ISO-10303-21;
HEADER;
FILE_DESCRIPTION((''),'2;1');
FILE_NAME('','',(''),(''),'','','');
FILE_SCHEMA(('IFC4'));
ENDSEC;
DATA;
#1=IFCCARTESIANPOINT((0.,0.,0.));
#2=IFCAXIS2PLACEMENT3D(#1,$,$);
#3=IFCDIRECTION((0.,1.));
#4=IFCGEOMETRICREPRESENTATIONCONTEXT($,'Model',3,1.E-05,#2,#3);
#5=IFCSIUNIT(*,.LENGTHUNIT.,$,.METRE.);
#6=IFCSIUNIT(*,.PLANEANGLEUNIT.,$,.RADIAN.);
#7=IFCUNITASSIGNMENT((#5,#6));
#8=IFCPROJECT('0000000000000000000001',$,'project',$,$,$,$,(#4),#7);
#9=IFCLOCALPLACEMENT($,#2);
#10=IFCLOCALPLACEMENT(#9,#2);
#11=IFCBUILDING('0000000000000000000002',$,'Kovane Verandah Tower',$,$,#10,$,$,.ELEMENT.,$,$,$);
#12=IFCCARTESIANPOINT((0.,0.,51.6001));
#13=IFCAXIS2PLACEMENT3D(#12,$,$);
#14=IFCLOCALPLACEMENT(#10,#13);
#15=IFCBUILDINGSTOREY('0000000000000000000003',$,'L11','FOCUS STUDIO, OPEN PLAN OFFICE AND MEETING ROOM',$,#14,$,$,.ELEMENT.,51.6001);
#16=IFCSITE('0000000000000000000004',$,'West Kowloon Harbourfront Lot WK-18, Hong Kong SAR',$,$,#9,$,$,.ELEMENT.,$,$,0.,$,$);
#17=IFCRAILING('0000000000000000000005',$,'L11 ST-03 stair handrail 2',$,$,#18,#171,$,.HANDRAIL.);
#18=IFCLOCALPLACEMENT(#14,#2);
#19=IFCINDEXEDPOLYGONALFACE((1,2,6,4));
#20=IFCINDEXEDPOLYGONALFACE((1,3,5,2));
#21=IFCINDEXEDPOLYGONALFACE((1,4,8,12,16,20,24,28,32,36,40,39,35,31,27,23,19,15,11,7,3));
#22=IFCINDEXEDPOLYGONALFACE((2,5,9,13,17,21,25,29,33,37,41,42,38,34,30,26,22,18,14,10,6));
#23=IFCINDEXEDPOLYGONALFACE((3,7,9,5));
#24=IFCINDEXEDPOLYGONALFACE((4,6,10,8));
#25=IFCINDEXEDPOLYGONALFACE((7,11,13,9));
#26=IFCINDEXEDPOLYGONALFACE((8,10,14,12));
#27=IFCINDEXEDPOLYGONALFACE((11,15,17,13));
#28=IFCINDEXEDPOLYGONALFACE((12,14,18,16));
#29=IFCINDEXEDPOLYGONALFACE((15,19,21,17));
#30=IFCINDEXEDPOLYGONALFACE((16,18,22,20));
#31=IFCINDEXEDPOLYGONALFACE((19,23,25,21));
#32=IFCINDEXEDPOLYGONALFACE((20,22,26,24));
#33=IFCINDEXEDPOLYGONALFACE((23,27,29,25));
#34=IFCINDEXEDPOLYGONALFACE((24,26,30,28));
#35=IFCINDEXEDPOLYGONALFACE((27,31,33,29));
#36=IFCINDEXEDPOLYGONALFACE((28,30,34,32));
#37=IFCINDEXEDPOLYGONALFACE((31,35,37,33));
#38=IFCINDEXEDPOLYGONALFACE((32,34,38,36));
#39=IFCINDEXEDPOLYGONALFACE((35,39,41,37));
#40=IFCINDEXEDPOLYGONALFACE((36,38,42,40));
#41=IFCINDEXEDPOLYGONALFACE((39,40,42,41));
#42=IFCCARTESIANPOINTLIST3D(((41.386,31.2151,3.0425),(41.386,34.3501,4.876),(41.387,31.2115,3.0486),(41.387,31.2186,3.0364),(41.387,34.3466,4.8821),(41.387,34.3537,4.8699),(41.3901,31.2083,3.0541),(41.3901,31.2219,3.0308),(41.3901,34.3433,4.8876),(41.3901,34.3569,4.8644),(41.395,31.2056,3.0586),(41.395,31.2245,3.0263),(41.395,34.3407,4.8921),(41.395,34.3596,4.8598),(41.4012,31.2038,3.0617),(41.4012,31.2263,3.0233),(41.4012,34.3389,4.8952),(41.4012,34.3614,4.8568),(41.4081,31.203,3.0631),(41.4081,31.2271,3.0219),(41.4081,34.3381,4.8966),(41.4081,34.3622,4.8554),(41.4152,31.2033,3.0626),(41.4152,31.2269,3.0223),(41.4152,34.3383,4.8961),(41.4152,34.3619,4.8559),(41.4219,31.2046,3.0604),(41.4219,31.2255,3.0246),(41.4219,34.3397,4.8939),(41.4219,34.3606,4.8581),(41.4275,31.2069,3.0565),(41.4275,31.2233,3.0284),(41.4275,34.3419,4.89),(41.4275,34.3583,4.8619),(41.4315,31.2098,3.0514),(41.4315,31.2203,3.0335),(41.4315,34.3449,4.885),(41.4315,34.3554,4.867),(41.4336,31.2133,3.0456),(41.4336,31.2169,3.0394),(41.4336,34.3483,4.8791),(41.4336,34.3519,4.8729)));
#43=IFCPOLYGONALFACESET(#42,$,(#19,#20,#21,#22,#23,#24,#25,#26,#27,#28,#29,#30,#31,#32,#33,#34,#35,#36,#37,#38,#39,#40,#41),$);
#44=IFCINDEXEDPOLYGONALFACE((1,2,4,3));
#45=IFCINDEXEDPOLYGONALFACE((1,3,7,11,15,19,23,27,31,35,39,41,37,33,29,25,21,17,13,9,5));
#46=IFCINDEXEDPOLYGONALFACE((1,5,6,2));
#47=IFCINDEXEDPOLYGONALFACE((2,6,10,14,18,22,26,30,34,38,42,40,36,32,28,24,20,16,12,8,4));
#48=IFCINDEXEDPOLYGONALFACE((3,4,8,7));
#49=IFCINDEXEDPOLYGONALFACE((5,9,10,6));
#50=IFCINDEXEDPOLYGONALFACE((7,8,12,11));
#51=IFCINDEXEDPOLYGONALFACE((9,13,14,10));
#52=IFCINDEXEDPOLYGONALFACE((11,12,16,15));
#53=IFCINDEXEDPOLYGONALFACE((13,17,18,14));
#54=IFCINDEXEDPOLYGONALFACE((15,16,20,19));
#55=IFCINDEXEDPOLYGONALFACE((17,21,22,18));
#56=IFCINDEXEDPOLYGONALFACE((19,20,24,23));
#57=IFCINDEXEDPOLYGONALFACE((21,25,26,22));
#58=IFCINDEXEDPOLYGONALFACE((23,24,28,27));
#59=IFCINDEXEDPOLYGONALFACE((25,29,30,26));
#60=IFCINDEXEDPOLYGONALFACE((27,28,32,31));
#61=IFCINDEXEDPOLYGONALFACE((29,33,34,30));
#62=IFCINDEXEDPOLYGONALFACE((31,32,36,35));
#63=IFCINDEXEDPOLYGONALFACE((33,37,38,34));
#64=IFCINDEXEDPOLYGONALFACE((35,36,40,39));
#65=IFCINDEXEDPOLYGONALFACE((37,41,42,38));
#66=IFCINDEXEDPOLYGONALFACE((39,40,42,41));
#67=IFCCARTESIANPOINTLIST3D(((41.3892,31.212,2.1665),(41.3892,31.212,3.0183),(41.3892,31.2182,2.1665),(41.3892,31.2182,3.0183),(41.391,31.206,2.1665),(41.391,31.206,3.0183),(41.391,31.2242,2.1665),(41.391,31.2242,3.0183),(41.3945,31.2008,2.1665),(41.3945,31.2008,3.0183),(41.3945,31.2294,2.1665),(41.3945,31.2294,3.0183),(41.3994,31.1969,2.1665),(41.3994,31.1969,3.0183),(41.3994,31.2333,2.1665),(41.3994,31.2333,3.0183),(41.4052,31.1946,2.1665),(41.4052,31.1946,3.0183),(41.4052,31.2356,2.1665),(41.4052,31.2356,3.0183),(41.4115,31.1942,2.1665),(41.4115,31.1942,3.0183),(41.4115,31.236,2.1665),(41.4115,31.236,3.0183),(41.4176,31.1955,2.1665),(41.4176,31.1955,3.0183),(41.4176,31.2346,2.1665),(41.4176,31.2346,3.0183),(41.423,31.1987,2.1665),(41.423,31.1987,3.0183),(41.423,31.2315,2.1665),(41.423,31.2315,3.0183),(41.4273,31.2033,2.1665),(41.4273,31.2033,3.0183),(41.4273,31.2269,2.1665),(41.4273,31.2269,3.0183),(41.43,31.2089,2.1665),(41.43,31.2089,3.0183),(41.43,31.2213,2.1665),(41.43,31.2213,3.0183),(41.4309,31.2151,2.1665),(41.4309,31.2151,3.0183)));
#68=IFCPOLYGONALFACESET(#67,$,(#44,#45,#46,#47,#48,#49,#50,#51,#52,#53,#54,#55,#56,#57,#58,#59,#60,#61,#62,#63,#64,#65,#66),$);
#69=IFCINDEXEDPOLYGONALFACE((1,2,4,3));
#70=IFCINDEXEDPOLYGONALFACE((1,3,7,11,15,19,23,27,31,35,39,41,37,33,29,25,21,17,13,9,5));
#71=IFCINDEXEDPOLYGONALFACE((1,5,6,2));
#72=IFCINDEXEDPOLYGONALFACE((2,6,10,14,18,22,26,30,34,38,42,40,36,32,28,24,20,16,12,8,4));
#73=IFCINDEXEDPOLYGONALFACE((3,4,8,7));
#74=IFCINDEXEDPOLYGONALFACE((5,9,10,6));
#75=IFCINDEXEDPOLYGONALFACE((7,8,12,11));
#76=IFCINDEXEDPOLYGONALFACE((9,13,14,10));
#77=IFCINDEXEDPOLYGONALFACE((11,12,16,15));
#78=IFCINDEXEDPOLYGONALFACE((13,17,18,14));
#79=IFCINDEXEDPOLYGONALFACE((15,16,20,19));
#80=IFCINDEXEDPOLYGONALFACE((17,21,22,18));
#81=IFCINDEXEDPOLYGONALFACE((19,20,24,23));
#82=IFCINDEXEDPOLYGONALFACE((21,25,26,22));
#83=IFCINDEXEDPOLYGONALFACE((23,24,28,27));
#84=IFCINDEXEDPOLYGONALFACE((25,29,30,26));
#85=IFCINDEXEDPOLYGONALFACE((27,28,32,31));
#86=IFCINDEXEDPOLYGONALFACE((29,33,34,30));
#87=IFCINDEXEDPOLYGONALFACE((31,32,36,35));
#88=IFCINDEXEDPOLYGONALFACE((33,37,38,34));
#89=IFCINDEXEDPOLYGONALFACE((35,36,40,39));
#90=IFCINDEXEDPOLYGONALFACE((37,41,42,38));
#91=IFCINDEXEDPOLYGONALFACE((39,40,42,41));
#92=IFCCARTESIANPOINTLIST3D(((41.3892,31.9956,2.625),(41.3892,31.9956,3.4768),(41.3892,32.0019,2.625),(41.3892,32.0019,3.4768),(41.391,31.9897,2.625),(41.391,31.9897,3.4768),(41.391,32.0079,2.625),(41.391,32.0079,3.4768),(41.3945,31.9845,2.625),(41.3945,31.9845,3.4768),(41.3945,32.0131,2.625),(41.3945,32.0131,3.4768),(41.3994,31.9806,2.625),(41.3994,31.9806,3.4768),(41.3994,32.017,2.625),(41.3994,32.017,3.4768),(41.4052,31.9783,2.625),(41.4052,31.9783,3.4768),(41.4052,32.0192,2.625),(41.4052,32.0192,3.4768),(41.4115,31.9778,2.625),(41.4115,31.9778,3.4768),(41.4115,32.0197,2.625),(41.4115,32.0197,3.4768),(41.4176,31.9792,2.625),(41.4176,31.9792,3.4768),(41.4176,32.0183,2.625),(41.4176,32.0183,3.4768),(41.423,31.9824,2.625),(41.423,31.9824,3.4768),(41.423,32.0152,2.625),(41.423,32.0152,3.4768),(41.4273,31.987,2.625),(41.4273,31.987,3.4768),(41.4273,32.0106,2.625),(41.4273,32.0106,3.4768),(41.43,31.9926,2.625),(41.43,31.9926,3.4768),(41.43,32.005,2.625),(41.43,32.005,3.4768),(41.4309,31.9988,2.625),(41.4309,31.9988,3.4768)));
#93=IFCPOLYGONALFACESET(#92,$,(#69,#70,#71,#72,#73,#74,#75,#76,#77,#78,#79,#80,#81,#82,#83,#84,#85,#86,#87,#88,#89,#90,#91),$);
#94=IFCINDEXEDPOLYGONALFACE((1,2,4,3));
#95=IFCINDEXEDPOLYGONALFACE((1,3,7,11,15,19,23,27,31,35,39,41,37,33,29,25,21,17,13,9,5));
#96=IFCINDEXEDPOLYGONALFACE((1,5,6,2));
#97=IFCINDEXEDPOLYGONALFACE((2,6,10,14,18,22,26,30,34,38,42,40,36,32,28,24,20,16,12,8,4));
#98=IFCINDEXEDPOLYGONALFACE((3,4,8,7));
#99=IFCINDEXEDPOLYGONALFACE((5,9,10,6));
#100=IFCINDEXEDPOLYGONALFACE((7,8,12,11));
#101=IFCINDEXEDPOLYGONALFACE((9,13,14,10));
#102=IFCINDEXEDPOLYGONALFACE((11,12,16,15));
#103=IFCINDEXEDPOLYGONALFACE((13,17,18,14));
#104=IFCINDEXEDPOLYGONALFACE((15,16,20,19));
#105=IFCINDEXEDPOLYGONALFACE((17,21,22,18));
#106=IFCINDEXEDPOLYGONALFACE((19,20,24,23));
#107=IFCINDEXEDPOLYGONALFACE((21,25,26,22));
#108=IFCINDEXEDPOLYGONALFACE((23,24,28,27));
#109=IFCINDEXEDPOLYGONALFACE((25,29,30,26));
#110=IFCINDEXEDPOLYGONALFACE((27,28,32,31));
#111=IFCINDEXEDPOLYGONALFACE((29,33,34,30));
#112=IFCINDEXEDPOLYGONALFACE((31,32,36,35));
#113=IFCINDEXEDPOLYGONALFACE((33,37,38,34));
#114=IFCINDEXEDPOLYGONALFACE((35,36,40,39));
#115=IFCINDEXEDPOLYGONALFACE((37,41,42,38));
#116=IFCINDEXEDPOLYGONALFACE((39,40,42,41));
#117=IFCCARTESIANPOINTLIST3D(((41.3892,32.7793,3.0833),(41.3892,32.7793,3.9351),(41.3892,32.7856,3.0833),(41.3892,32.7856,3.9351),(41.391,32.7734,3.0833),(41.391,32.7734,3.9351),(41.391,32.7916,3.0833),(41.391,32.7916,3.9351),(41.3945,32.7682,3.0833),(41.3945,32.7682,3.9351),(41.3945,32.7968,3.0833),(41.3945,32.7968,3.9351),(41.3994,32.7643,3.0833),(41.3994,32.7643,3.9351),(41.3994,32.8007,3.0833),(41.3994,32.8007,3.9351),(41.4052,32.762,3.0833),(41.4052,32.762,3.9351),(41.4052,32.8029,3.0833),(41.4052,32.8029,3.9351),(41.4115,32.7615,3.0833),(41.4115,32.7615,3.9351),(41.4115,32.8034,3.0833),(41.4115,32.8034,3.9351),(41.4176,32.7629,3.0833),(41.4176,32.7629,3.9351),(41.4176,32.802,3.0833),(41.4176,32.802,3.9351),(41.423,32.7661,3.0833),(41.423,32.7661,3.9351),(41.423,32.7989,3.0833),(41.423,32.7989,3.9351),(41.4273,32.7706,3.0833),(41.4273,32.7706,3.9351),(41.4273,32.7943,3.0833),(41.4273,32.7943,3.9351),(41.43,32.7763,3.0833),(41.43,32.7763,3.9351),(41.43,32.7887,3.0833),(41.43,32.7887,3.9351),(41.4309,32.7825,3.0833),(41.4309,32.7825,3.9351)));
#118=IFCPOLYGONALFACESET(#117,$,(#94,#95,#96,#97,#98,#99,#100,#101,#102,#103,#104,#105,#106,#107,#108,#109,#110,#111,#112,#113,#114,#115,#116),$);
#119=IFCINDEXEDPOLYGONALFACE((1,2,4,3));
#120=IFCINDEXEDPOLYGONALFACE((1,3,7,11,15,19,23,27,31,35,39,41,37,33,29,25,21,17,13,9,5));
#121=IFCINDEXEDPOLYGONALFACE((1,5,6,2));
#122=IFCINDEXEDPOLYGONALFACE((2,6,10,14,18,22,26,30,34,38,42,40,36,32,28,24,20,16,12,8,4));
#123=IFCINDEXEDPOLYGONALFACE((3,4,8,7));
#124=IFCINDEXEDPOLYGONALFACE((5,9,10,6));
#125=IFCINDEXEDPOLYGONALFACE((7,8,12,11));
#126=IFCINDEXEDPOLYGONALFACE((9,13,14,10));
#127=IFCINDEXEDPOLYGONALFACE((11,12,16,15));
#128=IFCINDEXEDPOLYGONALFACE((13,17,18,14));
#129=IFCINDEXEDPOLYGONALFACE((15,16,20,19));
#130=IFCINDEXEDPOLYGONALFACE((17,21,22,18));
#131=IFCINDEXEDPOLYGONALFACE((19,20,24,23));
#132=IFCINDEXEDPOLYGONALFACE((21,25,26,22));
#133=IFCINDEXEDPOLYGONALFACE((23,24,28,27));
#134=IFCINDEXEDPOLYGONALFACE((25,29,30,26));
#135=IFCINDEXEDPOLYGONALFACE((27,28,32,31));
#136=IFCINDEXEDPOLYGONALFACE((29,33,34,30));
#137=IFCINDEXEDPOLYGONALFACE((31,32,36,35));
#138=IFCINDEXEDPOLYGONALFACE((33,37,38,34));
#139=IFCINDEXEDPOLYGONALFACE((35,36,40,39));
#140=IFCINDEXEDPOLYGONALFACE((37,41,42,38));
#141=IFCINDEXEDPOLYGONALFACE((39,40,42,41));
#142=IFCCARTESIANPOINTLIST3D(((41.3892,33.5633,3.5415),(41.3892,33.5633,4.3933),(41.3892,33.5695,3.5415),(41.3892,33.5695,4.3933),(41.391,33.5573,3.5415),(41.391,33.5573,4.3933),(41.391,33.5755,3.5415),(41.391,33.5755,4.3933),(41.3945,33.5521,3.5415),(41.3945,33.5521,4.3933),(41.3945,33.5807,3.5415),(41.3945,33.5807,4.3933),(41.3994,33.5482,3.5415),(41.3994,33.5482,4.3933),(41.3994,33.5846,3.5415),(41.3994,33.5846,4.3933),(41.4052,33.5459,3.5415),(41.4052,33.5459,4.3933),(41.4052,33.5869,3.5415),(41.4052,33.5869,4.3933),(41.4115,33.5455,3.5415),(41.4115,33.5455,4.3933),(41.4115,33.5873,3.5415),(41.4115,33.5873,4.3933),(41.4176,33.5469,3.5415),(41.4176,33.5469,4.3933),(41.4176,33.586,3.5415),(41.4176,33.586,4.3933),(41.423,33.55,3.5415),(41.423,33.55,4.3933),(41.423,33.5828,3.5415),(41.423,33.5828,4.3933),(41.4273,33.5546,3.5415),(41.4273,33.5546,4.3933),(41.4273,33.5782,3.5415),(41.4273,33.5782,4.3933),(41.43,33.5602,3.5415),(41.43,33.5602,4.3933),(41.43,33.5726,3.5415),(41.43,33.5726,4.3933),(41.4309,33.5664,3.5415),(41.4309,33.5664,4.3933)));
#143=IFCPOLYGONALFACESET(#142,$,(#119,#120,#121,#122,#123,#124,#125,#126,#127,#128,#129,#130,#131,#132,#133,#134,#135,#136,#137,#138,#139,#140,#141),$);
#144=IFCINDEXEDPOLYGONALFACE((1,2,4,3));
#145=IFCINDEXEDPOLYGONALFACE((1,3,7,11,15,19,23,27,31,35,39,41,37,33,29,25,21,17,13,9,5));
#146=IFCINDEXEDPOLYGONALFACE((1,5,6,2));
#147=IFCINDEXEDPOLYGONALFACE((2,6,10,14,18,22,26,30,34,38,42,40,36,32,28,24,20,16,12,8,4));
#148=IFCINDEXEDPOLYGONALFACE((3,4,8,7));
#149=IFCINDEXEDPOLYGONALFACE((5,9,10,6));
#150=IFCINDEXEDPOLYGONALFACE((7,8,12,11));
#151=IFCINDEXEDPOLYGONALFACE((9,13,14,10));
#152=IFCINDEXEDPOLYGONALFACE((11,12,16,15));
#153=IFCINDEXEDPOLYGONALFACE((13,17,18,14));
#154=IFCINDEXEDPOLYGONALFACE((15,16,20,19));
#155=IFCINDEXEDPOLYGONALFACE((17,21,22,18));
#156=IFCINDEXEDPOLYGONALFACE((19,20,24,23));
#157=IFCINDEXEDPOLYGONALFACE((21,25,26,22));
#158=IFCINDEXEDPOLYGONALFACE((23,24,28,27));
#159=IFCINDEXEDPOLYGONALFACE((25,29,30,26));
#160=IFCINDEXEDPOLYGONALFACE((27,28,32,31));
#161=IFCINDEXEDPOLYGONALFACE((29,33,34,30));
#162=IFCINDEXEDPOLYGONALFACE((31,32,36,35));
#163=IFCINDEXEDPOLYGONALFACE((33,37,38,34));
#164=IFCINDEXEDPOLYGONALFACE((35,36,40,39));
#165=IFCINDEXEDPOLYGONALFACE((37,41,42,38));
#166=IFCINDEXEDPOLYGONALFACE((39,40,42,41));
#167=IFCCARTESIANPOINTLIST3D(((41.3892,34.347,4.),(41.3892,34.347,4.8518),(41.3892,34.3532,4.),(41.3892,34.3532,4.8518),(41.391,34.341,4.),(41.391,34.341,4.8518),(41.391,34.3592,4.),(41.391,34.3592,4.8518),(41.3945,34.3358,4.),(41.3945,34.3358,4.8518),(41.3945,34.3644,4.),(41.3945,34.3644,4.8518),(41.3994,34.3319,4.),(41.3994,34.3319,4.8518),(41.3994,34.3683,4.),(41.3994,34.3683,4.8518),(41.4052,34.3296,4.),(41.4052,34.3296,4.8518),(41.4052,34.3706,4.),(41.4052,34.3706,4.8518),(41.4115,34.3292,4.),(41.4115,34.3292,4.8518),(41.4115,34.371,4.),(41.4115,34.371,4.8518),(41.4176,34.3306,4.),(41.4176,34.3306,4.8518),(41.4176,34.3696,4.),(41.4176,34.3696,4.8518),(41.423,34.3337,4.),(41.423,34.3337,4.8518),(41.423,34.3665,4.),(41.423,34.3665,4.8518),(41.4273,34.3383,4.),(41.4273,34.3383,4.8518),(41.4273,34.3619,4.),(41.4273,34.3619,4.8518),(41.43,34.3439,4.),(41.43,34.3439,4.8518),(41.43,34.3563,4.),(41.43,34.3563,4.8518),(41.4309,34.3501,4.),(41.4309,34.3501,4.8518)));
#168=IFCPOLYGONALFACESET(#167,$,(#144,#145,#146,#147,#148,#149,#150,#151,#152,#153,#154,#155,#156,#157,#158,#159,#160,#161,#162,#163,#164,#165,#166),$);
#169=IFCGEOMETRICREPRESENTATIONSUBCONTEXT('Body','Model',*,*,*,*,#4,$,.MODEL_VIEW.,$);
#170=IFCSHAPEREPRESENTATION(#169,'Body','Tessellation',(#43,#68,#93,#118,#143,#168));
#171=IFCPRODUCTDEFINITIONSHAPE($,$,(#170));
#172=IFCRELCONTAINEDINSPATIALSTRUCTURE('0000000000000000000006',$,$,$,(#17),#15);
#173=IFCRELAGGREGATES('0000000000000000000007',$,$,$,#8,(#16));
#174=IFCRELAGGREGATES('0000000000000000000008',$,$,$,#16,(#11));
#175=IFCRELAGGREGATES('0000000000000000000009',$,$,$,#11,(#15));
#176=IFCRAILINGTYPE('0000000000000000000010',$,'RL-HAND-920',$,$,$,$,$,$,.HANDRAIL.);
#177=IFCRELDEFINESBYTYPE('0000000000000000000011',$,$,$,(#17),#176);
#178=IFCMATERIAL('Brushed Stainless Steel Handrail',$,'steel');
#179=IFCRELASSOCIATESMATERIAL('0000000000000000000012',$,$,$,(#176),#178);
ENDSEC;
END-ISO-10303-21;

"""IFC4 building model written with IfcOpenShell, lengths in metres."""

from ifc_helpers import new_model, si_unit, direction, frame, origin, origin_2d, place, context, subcontext, project, spatial, circle, extrude, material, type_object, element, save


model = new_model("IFC4")

# Units and contexts
model_context = context("Model", 3, precision=1e-05, world=origin(), true_north=direction((0.0, 1.0)))
body_context = subcontext(model_context, "Body", "Model", "MODEL_VIEW")
ifc_project = project(units=[si_unit("LENGTHUNIT", "METRE"), si_unit("PLANEANGLEUNIT", "RADIAN")], contexts=[model_context])

# Site, building, storey
site_placement = place(None, origin())
site = spatial("IfcSite", under=ifc_project, at=site_placement, Name="West Kowloon Harbourfront Lot WK-18, Hong Kong SAR", CompositionType="ELEMENT", RefElevation=0.0)
building_placement = place(site_placement, origin())
building = spatial("IfcBuilding", under=site, at=building_placement, Name="Kovane Verandah Tower", CompositionType="ELEMENT")
storey_placement = place(building_placement, frame((0.0, 0.0, 51.6001)))
storey = spatial("IfcBuildingStorey", under=building, at=storey_placement, Name="L11", Description="FOCUS STUDIO, OPEN PLAN OFFICE AND MEETING ROOM", CompositionType="ELEMENT", Elevation=51.6001)

# Railing
ifc_material_1 = material(Name="Brushed Stainless Steel Handrail", Category="steel")
railing_type_1 = type_object("IfcRailingType", Name="RL-HAND-920", PredefinedType="HANDRAIL", material=ifc_material_1)
railing_1_placement = place(storey_placement, frame((41.4099, 31.2151, 2.1665)))
element("IfcRailing", 1, at=railing_1_placement, inside=storey, type_object=railing_type_1, Name="L11 ST-03 stair handrail 2", PredefinedType="HANDRAIL", context=body_context, shape_type="SweptSolid", body=[
    extrude(circle(Radius=0.0239, at=origin_2d()), frame((0.0, 0.0, 0.876), z_axis=(0.0, 0.86321, 0.504845), x_axis=(-1.0, 0.0, 0.0)), (0.0, 0.0, 1.0), 3.6318),
    extrude(circle(Radius=0.021, at=origin_2d()), origin(), (0.0, 0.0, 1.0), 0.8518),
    extrude(circle(Radius=0.021, at=origin_2d()), frame((0.0, 0.7837, 0.4585)), (0.0, 0.0, 1.0), 0.8518),
    extrude(circle(Radius=0.021, at=origin_2d()), frame((0.0, 1.5674, 0.9167)), (0.0, 0.0, 1.0), 0.8518),
    extrude(circle(Radius=0.021, at=origin_2d()), frame((0.0, 2.3513, 1.375)), (0.0, 0.0, 1.0), 0.8518),
    extrude(circle(Radius=0.021, at=origin_2d()), frame((0.0, 3.135, 1.8335)), (0.0, 0.0, 1.0), 0.8518),
])

save(model, "model.ifc")
